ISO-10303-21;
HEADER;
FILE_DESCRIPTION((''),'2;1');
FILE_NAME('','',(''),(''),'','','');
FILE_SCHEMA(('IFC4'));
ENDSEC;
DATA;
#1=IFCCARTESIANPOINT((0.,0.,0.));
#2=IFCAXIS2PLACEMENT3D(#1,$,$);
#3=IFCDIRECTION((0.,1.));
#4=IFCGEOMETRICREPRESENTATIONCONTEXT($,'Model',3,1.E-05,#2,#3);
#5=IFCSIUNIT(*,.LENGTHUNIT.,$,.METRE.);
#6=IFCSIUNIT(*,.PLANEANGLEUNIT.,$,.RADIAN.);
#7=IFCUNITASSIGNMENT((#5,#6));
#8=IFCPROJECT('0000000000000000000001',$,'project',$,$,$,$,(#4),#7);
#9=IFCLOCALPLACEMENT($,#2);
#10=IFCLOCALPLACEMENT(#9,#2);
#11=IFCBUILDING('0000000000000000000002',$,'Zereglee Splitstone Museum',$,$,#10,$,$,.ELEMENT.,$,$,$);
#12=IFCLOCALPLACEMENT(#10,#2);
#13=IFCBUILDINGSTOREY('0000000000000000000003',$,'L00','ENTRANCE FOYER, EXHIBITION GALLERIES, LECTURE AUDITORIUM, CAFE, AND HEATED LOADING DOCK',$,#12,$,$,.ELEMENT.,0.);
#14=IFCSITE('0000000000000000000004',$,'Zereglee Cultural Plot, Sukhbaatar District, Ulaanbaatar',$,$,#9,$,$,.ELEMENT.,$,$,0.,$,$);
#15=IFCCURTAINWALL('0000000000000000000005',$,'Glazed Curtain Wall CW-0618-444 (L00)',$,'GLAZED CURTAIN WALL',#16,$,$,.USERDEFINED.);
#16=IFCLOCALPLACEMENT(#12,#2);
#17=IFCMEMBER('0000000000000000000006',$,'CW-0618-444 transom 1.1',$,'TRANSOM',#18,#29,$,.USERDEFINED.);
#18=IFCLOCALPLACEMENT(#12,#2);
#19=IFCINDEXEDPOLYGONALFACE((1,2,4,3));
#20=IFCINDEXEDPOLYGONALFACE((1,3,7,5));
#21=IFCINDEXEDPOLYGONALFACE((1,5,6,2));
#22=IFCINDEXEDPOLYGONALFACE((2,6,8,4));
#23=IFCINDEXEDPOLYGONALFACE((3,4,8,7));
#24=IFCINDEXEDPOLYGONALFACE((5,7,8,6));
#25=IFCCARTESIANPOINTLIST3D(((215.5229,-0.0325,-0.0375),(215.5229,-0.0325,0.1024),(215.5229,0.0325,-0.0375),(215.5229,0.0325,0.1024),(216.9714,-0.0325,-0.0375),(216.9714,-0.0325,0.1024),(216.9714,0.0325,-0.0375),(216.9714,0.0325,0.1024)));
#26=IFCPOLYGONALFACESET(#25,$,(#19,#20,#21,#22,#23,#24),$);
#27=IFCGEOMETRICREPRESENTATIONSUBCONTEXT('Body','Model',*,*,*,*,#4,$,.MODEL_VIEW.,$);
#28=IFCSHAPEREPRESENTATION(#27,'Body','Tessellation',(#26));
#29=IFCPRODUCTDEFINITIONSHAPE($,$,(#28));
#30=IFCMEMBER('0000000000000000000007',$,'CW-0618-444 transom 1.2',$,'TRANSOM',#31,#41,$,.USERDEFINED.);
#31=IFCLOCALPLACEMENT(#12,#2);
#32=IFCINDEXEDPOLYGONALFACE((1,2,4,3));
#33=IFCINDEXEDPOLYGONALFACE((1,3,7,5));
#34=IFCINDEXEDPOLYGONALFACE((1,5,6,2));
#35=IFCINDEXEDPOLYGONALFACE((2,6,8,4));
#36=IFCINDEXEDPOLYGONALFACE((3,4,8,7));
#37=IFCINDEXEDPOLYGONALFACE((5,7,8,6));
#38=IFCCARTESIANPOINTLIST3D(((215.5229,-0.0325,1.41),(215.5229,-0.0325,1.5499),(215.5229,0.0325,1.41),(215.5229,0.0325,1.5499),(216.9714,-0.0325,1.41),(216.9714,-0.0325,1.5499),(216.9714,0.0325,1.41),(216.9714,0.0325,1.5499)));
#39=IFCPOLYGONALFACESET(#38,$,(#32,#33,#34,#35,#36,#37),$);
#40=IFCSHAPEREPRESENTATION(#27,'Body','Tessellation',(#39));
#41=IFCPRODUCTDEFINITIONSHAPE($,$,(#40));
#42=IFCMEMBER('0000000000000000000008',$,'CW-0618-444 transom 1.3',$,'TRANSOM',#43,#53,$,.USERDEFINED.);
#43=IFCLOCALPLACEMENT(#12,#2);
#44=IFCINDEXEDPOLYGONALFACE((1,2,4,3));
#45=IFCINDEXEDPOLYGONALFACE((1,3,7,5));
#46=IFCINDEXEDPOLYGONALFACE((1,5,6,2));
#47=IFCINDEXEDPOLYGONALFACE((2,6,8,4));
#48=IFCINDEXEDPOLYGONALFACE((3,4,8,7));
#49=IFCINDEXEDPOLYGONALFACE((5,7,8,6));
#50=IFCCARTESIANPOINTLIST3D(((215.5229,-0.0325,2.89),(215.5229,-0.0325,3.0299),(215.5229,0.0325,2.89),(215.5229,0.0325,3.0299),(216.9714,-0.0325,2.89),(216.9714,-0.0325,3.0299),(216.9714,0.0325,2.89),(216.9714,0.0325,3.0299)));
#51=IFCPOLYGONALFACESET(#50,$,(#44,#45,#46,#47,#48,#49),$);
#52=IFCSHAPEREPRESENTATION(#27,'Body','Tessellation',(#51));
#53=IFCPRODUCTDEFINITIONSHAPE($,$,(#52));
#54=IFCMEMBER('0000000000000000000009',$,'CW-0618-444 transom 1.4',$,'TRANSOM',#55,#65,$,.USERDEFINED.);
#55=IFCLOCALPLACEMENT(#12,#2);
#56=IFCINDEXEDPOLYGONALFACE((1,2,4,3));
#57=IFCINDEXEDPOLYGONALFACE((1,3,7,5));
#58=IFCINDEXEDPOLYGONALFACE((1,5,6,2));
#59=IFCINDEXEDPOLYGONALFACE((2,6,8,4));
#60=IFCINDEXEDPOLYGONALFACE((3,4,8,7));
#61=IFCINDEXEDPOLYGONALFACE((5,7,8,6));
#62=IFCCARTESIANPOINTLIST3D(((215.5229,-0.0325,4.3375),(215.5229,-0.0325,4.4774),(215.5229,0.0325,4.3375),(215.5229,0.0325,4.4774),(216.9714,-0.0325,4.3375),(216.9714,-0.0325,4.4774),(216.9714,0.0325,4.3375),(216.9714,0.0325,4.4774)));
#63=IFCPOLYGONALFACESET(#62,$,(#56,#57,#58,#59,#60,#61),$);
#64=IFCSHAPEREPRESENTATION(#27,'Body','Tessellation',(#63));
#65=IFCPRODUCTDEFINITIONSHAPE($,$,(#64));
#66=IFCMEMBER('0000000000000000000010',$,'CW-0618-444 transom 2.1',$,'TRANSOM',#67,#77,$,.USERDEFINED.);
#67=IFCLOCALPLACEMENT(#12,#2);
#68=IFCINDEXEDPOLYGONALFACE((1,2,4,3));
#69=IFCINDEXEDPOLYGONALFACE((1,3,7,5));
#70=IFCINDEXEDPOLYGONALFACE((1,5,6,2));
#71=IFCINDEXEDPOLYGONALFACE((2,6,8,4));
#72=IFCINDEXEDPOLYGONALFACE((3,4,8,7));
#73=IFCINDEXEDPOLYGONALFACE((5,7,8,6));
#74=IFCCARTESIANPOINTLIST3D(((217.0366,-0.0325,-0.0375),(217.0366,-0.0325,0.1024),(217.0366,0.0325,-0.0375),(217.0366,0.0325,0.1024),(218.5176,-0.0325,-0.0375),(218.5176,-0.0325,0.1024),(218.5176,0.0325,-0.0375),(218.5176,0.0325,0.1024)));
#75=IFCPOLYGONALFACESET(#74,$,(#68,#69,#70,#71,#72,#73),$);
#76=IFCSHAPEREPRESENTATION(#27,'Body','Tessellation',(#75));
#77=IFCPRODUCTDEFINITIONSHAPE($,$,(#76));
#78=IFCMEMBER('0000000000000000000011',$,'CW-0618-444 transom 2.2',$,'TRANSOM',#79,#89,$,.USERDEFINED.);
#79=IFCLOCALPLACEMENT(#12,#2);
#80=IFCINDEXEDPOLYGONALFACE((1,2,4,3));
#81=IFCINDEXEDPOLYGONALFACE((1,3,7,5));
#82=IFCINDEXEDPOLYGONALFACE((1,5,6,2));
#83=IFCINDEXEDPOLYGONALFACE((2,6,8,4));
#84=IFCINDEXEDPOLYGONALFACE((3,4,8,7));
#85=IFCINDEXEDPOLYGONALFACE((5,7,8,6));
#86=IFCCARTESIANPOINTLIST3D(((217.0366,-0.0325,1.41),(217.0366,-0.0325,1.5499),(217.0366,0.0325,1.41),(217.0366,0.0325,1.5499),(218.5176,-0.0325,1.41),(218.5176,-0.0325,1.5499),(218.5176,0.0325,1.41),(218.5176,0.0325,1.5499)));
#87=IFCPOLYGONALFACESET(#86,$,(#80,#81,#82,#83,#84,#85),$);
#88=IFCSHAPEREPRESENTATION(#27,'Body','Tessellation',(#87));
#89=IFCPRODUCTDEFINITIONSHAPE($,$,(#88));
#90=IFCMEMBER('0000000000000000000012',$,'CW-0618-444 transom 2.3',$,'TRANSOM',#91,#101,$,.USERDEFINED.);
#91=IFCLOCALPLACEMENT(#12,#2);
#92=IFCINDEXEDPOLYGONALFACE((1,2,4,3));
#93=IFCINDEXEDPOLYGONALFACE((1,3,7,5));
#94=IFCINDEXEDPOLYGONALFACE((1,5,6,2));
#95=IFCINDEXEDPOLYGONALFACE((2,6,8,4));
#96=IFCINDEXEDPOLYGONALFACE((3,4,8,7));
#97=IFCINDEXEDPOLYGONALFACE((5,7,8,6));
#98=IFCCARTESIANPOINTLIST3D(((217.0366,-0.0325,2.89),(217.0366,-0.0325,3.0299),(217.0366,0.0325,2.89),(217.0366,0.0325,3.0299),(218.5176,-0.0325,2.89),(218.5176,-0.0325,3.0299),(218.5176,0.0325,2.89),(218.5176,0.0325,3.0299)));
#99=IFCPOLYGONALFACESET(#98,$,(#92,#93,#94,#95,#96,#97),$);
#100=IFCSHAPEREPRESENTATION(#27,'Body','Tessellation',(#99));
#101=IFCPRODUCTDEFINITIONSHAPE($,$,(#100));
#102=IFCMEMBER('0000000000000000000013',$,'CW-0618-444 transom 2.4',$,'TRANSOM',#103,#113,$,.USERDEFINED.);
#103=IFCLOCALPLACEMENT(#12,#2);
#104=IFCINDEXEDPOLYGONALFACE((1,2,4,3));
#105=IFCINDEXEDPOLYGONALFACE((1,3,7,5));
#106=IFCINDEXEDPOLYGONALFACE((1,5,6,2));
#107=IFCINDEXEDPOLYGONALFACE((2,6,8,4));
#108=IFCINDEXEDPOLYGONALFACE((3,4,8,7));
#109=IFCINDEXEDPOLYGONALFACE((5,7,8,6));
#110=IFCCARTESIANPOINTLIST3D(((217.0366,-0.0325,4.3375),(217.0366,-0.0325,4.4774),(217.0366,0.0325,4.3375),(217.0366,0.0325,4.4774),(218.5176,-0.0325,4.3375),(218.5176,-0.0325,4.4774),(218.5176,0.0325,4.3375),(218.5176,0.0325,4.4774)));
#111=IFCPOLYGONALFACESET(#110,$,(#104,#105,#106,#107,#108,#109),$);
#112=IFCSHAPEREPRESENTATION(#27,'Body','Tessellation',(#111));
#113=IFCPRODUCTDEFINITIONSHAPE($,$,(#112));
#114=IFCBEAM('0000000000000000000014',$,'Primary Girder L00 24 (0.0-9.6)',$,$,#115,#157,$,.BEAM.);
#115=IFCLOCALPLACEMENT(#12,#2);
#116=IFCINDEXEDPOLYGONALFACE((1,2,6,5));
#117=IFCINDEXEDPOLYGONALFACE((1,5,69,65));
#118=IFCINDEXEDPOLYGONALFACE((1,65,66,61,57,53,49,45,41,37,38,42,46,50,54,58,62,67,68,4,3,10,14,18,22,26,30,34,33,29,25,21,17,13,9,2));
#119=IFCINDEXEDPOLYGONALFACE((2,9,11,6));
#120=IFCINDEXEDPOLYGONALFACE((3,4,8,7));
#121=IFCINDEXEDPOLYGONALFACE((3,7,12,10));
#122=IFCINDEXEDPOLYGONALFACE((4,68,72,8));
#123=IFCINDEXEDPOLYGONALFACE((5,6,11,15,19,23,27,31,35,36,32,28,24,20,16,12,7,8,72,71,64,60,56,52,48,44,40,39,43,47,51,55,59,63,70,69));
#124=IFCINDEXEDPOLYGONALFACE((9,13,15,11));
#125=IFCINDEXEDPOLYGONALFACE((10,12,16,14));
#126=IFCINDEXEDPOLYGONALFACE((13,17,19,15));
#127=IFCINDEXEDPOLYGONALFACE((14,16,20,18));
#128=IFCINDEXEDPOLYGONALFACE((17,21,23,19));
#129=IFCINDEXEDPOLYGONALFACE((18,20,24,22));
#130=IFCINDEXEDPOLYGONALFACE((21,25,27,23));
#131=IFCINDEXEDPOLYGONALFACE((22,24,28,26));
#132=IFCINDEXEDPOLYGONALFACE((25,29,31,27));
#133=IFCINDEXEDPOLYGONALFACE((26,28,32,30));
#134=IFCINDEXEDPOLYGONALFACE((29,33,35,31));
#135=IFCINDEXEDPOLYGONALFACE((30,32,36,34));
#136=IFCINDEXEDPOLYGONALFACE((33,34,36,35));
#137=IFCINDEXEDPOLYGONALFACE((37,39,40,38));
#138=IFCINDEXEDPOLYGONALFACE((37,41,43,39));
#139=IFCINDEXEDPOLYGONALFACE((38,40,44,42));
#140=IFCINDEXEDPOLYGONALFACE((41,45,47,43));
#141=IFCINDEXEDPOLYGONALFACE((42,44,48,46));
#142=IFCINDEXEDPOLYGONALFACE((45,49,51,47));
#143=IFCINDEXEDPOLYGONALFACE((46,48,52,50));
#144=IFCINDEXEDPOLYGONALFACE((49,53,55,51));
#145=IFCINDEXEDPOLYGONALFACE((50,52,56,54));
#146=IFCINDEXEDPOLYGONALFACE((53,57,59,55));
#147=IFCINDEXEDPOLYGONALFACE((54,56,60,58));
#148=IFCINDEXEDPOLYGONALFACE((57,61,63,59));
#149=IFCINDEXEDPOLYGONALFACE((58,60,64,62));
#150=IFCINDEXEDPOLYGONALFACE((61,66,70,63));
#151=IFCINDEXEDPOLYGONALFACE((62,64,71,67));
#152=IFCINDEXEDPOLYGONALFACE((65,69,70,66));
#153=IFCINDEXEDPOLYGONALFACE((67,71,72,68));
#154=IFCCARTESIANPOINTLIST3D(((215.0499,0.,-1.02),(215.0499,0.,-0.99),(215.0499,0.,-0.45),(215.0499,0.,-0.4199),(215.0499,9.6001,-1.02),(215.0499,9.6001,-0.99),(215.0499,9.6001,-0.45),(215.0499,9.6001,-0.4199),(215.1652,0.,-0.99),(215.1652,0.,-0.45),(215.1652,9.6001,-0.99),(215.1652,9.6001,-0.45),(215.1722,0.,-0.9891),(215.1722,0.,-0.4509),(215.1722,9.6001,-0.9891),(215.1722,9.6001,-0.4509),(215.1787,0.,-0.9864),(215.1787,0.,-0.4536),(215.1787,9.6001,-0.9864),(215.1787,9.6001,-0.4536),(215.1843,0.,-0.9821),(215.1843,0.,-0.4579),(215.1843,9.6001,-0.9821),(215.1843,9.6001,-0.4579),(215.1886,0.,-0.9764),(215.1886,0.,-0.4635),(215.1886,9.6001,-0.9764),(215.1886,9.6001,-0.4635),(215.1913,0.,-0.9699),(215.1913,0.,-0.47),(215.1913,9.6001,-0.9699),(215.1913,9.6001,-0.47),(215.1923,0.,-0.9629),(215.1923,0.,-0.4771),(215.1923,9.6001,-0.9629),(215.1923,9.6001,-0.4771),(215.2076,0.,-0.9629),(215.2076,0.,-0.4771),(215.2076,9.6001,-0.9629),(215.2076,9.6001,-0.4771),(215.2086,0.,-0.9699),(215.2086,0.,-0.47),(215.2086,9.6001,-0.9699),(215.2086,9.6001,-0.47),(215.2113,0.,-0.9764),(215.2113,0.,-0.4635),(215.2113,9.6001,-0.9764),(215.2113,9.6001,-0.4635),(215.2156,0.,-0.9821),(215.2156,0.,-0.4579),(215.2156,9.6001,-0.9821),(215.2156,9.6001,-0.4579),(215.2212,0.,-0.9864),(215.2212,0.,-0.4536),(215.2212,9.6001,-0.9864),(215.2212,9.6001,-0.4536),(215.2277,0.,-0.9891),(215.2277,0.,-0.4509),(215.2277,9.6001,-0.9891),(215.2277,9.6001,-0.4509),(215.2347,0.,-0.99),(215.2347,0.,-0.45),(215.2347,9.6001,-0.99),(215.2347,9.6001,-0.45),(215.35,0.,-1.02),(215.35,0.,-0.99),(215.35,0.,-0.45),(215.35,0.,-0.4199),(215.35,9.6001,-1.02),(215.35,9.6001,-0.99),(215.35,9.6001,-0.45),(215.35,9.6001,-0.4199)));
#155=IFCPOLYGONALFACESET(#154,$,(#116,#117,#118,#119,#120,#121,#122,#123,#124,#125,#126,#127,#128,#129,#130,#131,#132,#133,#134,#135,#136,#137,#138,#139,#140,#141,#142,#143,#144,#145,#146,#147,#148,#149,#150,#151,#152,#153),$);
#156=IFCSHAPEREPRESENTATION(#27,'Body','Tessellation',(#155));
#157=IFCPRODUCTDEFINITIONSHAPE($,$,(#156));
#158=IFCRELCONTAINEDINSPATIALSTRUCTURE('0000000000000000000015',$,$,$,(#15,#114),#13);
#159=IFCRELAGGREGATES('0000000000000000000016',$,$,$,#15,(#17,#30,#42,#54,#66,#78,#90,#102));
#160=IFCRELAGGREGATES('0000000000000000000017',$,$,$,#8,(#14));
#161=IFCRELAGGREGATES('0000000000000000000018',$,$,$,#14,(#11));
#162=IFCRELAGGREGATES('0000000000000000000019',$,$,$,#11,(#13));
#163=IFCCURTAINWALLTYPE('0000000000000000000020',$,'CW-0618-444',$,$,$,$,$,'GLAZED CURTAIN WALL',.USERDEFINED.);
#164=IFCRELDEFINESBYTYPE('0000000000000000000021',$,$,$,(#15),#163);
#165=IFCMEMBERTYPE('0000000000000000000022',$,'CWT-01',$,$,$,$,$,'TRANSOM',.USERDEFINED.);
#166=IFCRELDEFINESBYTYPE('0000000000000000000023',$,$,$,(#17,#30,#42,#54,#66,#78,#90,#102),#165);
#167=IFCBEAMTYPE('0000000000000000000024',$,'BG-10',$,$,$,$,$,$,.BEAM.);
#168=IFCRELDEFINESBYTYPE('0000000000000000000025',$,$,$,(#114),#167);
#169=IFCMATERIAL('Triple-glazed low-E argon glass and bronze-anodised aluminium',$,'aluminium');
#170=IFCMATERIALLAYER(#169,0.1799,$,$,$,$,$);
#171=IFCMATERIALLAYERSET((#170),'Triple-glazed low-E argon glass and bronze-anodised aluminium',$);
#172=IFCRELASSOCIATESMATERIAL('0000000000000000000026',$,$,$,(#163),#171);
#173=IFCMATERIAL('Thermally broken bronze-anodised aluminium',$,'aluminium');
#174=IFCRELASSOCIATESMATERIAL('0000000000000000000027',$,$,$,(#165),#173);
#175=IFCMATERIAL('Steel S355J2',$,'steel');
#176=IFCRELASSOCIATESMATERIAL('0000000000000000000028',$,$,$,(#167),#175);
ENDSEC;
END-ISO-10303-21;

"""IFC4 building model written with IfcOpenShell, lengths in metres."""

from ifc_helpers import new_model, si_unit, direction, frame, origin, origin_2d, place, context, subcontext, project, spatial, rectangle, i_section, extrude, material, layer, layer_set, material_profile, profile_set, type_object, element, aggregate, save


model = new_model("IFC4")

# Units and contexts
model_context = context("Model", 3, precision=1e-05, world=origin(), true_north=direction((0.0, 1.0)))
body_context = subcontext(model_context, "Body", "Model", "MODEL_VIEW")
ifc_project = project(units=[si_unit("LENGTHUNIT", "METRE"), si_unit("PLANEANGLEUNIT", "RADIAN")], contexts=[model_context])

# Site, building, storey
site_placement = place(None, origin())
site = spatial("IfcSite", under=ifc_project, at=site_placement, Name="Zereglee Cultural Plot, Sukhbaatar District, Ulaanbaatar", CompositionType="ELEMENT", RefElevation=0.0)
building_placement = place(site_placement, origin())
building = spatial("IfcBuilding", under=site, at=building_placement, Name="Zereglee Splitstone Museum", CompositionType="ELEMENT")
storey_placement = place(building_placement, origin())
storey = spatial("IfcBuildingStorey", under=building, at=storey_placement, Name="L00", Description="ENTRANCE FOYER, EXHIBITION GALLERIES, LECTURE AUDITORIUM, CAFE, AND HEATED LOADING DOCK", CompositionType="ELEMENT", Elevation=0.0)

# Curtain wall
ifc_material_1 = material(Name="Triple-glazed low-E argon glass and bronze-anodised aluminium", Category="aluminium")
ifc_material_2 = material(Name="Thermally broken bronze-anodised aluminium", Category="aluminium")
ifc_layer_1 = layer(ifc_material_1, 0.1799)
ifc_layer_set_1 = layer_set([ifc_layer_1], Name="Triple-glazed low-E argon glass and bronze-anodised aluminium")
curtain_wall_type_1 = type_object("IfcCurtainWallType", Name="CW-0618-444", ElementType="GLAZED CURTAIN WALL", PredefinedType="USERDEFINED", material=ifc_layer_set_1)
curtain_wall_1_placement = place(storey_placement, origin())
curtain_wall_1 = element("IfcCurtainWall", 1, at=curtain_wall_1_placement, inside=storey, type_object=curtain_wall_type_1, Name="Glazed Curtain Wall CW-0618-444 (L00)", ObjectType="GLAZED CURTAIN WALL", PredefinedType="USERDEFINED")

# Members
ifc_material_profile_1 = material_profile(ifc_material_2, rectangle(XDim=0.0649, YDim=0.1399, at=origin_2d()), Name="CW TRAN 65x140")
ifc_profile_set_1 = profile_set([ifc_material_profile_1], Name="Thermally broken bronze-anodised aluminium")
member_type_1 = type_object("IfcMemberType", Name="CWT-01", ElementType="TRANSOM", PredefinedType="USERDEFINED", material=ifc_profile_set_1)
member_1_placement = place(storey_placement, frame((215.5229, 0.0, 0.0325), z_axis=(1.0, 0.0, 0.0), x_axis=(0.0, 1.0, 0.0)))
member_1 = element("IfcMember", 2, at=member_1_placement, type_object=member_type_1, Name="CW-0618-444 transom 1.1", ObjectType="TRANSOM", PredefinedType="USERDEFINED", context=body_context, shape_type="SweptSolid", body=[
    extrude(rectangle(XDim=0.0649, YDim=0.1399, at=origin_2d()), origin(), (0.0, 0.0, 1.0), 1.4485),
])
member_2_placement = place(storey_placement, frame((215.5229, 0.0, 1.48), z_axis=(1.0, 0.0, 0.0), x_axis=(0.0, 1.0, 0.0)))
member_2 = element("IfcMember", 3, at=member_2_placement, type_object=member_type_1, Name="CW-0618-444 transom 1.2", ObjectType="TRANSOM", PredefinedType="USERDEFINED", context=body_context, shape_type="SweptSolid", body=[
    extrude(rectangle(XDim=0.0649, YDim=0.1399, at=origin_2d()), origin(), (0.0, 0.0, 1.0), 1.4485),
])
member_3_placement = place(storey_placement, frame((215.5229, 0.0, 2.96), z_axis=(1.0, 0.0, 0.0), x_axis=(0.0, 1.0, 0.0)))
member_3 = element("IfcMember", 4, at=member_3_placement, type_object=member_type_1, Name="CW-0618-444 transom 1.3", ObjectType="TRANSOM", PredefinedType="USERDEFINED", context=body_context, shape_type="SweptSolid", body=[
    extrude(rectangle(XDim=0.0649, YDim=0.1399, at=origin_2d()), origin(), (0.0, 0.0, 1.0), 1.4485),
])
member_4_placement = place(storey_placement, frame((215.5229, 0.0, 4.4075), z_axis=(1.0, 0.0, 0.0), x_axis=(0.0, 1.0, 0.0)))
member_4 = element("IfcMember", 5, at=member_4_placement, type_object=member_type_1, Name="CW-0618-444 transom 1.4", ObjectType="TRANSOM", PredefinedType="USERDEFINED", context=body_context, shape_type="SweptSolid", body=[
    extrude(rectangle(XDim=0.0649, YDim=0.1399, at=origin_2d()), origin(), (0.0, 0.0, 1.0), 1.4485),
])
member_5_placement = place(storey_placement, frame((217.0366, 0.0, 0.0325), z_axis=(1.0, 0.0, 0.0), x_axis=(0.0, 1.0, 0.0)))
member_5 = element("IfcMember", 6, at=member_5_placement, type_object=member_type_1, Name="CW-0618-444 transom 2.1", ObjectType="TRANSOM", PredefinedType="USERDEFINED", context=body_context, shape_type="SweptSolid", body=[
    extrude(rectangle(XDim=0.0649, YDim=0.1399, at=origin_2d()), origin(), (0.0, 0.0, 1.0), 1.481),
])
member_6_placement = place(storey_placement, frame((217.0366, 0.0, 1.48), z_axis=(1.0, 0.0, 0.0), x_axis=(0.0, 1.0, 0.0)))
member_6 = element("IfcMember", 7, at=member_6_placement, type_object=member_type_1, Name="CW-0618-444 transom 2.2", ObjectType="TRANSOM", PredefinedType="USERDEFINED", context=body_context, shape_type="SweptSolid", body=[
    extrude(rectangle(XDim=0.0649, YDim=0.1399, at=origin_2d()), origin(), (0.0, 0.0, 1.0), 1.481),
])
member_7_placement = place(storey_placement, frame((217.0366, 0.0, 2.96), z_axis=(1.0, 0.0, 0.0), x_axis=(0.0, 1.0, 0.0)))
member_7 = element("IfcMember", 8, at=member_7_placement, type_object=member_type_1, Name="CW-0618-444 transom 2.3", ObjectType="TRANSOM", PredefinedType="USERDEFINED", context=body_context, shape_type="SweptSolid", body=[
    extrude(rectangle(XDim=0.0649, YDim=0.1399, at=origin_2d()), origin(), (0.0, 0.0, 1.0), 1.481),
])
member_8_placement = place(storey_placement, frame((217.0366, 0.0, 4.4075), z_axis=(1.0, 0.0, 0.0), x_axis=(0.0, 1.0, 0.0)))
member_8 = element("IfcMember", 9, at=member_8_placement, type_object=member_type_1, Name="CW-0618-444 transom 2.4", ObjectType="TRANSOM", PredefinedType="USERDEFINED", context=body_context, shape_type="SweptSolid", body=[
    extrude(rectangle(XDim=0.0649, YDim=0.1399, at=origin_2d()), origin(), (0.0, 0.0, 1.0), 1.481),
])

# Beam
ifc_material_3 = material(Name="Steel S355J2", Category="steel")
ifc_material_profile_2 = material_profile(ifc_material_3, i_section(OverallWidth=0.3, OverallDepth=0.6001, WebThickness=0.0154, FlangeThickness=0.03, FilletRadius=0.0271, at=origin_2d()), Name="HE 600 B")
ifc_profile_set_2 = profile_set([ifc_material_profile_2], Name="Steel S355J2")
beam_type_1 = type_object("IfcBeamType", Name="BG-10", PredefinedType="BEAM", material=ifc_profile_set_2)
beam_1_placement = place(storey_placement, frame((215.2, 0.0, -0.72), z_axis=(0.0, 1.0, 0.0), x_axis=(-1.0, 0.0, 0.0)))
element("IfcBeam", 10, at=beam_1_placement, inside=storey, type_object=beam_type_1, Name="Primary Girder L00 24 (0.0-9.6)", PredefinedType="BEAM", context=body_context, shape_type="SweptSolid", body=[
    extrude(i_section(OverallWidth=0.3, OverallDepth=0.6001, WebThickness=0.0154, FlangeThickness=0.03, FilletRadius=0.0271, at=origin_2d()), origin(), (0.0, 0.0, 1.0), 9.6001),
])

aggregate(curtain_wall_1, [member_1, member_2, member_3, member_4, member_5, member_6, member_7, member_8])

save(model, "model.ifc")
